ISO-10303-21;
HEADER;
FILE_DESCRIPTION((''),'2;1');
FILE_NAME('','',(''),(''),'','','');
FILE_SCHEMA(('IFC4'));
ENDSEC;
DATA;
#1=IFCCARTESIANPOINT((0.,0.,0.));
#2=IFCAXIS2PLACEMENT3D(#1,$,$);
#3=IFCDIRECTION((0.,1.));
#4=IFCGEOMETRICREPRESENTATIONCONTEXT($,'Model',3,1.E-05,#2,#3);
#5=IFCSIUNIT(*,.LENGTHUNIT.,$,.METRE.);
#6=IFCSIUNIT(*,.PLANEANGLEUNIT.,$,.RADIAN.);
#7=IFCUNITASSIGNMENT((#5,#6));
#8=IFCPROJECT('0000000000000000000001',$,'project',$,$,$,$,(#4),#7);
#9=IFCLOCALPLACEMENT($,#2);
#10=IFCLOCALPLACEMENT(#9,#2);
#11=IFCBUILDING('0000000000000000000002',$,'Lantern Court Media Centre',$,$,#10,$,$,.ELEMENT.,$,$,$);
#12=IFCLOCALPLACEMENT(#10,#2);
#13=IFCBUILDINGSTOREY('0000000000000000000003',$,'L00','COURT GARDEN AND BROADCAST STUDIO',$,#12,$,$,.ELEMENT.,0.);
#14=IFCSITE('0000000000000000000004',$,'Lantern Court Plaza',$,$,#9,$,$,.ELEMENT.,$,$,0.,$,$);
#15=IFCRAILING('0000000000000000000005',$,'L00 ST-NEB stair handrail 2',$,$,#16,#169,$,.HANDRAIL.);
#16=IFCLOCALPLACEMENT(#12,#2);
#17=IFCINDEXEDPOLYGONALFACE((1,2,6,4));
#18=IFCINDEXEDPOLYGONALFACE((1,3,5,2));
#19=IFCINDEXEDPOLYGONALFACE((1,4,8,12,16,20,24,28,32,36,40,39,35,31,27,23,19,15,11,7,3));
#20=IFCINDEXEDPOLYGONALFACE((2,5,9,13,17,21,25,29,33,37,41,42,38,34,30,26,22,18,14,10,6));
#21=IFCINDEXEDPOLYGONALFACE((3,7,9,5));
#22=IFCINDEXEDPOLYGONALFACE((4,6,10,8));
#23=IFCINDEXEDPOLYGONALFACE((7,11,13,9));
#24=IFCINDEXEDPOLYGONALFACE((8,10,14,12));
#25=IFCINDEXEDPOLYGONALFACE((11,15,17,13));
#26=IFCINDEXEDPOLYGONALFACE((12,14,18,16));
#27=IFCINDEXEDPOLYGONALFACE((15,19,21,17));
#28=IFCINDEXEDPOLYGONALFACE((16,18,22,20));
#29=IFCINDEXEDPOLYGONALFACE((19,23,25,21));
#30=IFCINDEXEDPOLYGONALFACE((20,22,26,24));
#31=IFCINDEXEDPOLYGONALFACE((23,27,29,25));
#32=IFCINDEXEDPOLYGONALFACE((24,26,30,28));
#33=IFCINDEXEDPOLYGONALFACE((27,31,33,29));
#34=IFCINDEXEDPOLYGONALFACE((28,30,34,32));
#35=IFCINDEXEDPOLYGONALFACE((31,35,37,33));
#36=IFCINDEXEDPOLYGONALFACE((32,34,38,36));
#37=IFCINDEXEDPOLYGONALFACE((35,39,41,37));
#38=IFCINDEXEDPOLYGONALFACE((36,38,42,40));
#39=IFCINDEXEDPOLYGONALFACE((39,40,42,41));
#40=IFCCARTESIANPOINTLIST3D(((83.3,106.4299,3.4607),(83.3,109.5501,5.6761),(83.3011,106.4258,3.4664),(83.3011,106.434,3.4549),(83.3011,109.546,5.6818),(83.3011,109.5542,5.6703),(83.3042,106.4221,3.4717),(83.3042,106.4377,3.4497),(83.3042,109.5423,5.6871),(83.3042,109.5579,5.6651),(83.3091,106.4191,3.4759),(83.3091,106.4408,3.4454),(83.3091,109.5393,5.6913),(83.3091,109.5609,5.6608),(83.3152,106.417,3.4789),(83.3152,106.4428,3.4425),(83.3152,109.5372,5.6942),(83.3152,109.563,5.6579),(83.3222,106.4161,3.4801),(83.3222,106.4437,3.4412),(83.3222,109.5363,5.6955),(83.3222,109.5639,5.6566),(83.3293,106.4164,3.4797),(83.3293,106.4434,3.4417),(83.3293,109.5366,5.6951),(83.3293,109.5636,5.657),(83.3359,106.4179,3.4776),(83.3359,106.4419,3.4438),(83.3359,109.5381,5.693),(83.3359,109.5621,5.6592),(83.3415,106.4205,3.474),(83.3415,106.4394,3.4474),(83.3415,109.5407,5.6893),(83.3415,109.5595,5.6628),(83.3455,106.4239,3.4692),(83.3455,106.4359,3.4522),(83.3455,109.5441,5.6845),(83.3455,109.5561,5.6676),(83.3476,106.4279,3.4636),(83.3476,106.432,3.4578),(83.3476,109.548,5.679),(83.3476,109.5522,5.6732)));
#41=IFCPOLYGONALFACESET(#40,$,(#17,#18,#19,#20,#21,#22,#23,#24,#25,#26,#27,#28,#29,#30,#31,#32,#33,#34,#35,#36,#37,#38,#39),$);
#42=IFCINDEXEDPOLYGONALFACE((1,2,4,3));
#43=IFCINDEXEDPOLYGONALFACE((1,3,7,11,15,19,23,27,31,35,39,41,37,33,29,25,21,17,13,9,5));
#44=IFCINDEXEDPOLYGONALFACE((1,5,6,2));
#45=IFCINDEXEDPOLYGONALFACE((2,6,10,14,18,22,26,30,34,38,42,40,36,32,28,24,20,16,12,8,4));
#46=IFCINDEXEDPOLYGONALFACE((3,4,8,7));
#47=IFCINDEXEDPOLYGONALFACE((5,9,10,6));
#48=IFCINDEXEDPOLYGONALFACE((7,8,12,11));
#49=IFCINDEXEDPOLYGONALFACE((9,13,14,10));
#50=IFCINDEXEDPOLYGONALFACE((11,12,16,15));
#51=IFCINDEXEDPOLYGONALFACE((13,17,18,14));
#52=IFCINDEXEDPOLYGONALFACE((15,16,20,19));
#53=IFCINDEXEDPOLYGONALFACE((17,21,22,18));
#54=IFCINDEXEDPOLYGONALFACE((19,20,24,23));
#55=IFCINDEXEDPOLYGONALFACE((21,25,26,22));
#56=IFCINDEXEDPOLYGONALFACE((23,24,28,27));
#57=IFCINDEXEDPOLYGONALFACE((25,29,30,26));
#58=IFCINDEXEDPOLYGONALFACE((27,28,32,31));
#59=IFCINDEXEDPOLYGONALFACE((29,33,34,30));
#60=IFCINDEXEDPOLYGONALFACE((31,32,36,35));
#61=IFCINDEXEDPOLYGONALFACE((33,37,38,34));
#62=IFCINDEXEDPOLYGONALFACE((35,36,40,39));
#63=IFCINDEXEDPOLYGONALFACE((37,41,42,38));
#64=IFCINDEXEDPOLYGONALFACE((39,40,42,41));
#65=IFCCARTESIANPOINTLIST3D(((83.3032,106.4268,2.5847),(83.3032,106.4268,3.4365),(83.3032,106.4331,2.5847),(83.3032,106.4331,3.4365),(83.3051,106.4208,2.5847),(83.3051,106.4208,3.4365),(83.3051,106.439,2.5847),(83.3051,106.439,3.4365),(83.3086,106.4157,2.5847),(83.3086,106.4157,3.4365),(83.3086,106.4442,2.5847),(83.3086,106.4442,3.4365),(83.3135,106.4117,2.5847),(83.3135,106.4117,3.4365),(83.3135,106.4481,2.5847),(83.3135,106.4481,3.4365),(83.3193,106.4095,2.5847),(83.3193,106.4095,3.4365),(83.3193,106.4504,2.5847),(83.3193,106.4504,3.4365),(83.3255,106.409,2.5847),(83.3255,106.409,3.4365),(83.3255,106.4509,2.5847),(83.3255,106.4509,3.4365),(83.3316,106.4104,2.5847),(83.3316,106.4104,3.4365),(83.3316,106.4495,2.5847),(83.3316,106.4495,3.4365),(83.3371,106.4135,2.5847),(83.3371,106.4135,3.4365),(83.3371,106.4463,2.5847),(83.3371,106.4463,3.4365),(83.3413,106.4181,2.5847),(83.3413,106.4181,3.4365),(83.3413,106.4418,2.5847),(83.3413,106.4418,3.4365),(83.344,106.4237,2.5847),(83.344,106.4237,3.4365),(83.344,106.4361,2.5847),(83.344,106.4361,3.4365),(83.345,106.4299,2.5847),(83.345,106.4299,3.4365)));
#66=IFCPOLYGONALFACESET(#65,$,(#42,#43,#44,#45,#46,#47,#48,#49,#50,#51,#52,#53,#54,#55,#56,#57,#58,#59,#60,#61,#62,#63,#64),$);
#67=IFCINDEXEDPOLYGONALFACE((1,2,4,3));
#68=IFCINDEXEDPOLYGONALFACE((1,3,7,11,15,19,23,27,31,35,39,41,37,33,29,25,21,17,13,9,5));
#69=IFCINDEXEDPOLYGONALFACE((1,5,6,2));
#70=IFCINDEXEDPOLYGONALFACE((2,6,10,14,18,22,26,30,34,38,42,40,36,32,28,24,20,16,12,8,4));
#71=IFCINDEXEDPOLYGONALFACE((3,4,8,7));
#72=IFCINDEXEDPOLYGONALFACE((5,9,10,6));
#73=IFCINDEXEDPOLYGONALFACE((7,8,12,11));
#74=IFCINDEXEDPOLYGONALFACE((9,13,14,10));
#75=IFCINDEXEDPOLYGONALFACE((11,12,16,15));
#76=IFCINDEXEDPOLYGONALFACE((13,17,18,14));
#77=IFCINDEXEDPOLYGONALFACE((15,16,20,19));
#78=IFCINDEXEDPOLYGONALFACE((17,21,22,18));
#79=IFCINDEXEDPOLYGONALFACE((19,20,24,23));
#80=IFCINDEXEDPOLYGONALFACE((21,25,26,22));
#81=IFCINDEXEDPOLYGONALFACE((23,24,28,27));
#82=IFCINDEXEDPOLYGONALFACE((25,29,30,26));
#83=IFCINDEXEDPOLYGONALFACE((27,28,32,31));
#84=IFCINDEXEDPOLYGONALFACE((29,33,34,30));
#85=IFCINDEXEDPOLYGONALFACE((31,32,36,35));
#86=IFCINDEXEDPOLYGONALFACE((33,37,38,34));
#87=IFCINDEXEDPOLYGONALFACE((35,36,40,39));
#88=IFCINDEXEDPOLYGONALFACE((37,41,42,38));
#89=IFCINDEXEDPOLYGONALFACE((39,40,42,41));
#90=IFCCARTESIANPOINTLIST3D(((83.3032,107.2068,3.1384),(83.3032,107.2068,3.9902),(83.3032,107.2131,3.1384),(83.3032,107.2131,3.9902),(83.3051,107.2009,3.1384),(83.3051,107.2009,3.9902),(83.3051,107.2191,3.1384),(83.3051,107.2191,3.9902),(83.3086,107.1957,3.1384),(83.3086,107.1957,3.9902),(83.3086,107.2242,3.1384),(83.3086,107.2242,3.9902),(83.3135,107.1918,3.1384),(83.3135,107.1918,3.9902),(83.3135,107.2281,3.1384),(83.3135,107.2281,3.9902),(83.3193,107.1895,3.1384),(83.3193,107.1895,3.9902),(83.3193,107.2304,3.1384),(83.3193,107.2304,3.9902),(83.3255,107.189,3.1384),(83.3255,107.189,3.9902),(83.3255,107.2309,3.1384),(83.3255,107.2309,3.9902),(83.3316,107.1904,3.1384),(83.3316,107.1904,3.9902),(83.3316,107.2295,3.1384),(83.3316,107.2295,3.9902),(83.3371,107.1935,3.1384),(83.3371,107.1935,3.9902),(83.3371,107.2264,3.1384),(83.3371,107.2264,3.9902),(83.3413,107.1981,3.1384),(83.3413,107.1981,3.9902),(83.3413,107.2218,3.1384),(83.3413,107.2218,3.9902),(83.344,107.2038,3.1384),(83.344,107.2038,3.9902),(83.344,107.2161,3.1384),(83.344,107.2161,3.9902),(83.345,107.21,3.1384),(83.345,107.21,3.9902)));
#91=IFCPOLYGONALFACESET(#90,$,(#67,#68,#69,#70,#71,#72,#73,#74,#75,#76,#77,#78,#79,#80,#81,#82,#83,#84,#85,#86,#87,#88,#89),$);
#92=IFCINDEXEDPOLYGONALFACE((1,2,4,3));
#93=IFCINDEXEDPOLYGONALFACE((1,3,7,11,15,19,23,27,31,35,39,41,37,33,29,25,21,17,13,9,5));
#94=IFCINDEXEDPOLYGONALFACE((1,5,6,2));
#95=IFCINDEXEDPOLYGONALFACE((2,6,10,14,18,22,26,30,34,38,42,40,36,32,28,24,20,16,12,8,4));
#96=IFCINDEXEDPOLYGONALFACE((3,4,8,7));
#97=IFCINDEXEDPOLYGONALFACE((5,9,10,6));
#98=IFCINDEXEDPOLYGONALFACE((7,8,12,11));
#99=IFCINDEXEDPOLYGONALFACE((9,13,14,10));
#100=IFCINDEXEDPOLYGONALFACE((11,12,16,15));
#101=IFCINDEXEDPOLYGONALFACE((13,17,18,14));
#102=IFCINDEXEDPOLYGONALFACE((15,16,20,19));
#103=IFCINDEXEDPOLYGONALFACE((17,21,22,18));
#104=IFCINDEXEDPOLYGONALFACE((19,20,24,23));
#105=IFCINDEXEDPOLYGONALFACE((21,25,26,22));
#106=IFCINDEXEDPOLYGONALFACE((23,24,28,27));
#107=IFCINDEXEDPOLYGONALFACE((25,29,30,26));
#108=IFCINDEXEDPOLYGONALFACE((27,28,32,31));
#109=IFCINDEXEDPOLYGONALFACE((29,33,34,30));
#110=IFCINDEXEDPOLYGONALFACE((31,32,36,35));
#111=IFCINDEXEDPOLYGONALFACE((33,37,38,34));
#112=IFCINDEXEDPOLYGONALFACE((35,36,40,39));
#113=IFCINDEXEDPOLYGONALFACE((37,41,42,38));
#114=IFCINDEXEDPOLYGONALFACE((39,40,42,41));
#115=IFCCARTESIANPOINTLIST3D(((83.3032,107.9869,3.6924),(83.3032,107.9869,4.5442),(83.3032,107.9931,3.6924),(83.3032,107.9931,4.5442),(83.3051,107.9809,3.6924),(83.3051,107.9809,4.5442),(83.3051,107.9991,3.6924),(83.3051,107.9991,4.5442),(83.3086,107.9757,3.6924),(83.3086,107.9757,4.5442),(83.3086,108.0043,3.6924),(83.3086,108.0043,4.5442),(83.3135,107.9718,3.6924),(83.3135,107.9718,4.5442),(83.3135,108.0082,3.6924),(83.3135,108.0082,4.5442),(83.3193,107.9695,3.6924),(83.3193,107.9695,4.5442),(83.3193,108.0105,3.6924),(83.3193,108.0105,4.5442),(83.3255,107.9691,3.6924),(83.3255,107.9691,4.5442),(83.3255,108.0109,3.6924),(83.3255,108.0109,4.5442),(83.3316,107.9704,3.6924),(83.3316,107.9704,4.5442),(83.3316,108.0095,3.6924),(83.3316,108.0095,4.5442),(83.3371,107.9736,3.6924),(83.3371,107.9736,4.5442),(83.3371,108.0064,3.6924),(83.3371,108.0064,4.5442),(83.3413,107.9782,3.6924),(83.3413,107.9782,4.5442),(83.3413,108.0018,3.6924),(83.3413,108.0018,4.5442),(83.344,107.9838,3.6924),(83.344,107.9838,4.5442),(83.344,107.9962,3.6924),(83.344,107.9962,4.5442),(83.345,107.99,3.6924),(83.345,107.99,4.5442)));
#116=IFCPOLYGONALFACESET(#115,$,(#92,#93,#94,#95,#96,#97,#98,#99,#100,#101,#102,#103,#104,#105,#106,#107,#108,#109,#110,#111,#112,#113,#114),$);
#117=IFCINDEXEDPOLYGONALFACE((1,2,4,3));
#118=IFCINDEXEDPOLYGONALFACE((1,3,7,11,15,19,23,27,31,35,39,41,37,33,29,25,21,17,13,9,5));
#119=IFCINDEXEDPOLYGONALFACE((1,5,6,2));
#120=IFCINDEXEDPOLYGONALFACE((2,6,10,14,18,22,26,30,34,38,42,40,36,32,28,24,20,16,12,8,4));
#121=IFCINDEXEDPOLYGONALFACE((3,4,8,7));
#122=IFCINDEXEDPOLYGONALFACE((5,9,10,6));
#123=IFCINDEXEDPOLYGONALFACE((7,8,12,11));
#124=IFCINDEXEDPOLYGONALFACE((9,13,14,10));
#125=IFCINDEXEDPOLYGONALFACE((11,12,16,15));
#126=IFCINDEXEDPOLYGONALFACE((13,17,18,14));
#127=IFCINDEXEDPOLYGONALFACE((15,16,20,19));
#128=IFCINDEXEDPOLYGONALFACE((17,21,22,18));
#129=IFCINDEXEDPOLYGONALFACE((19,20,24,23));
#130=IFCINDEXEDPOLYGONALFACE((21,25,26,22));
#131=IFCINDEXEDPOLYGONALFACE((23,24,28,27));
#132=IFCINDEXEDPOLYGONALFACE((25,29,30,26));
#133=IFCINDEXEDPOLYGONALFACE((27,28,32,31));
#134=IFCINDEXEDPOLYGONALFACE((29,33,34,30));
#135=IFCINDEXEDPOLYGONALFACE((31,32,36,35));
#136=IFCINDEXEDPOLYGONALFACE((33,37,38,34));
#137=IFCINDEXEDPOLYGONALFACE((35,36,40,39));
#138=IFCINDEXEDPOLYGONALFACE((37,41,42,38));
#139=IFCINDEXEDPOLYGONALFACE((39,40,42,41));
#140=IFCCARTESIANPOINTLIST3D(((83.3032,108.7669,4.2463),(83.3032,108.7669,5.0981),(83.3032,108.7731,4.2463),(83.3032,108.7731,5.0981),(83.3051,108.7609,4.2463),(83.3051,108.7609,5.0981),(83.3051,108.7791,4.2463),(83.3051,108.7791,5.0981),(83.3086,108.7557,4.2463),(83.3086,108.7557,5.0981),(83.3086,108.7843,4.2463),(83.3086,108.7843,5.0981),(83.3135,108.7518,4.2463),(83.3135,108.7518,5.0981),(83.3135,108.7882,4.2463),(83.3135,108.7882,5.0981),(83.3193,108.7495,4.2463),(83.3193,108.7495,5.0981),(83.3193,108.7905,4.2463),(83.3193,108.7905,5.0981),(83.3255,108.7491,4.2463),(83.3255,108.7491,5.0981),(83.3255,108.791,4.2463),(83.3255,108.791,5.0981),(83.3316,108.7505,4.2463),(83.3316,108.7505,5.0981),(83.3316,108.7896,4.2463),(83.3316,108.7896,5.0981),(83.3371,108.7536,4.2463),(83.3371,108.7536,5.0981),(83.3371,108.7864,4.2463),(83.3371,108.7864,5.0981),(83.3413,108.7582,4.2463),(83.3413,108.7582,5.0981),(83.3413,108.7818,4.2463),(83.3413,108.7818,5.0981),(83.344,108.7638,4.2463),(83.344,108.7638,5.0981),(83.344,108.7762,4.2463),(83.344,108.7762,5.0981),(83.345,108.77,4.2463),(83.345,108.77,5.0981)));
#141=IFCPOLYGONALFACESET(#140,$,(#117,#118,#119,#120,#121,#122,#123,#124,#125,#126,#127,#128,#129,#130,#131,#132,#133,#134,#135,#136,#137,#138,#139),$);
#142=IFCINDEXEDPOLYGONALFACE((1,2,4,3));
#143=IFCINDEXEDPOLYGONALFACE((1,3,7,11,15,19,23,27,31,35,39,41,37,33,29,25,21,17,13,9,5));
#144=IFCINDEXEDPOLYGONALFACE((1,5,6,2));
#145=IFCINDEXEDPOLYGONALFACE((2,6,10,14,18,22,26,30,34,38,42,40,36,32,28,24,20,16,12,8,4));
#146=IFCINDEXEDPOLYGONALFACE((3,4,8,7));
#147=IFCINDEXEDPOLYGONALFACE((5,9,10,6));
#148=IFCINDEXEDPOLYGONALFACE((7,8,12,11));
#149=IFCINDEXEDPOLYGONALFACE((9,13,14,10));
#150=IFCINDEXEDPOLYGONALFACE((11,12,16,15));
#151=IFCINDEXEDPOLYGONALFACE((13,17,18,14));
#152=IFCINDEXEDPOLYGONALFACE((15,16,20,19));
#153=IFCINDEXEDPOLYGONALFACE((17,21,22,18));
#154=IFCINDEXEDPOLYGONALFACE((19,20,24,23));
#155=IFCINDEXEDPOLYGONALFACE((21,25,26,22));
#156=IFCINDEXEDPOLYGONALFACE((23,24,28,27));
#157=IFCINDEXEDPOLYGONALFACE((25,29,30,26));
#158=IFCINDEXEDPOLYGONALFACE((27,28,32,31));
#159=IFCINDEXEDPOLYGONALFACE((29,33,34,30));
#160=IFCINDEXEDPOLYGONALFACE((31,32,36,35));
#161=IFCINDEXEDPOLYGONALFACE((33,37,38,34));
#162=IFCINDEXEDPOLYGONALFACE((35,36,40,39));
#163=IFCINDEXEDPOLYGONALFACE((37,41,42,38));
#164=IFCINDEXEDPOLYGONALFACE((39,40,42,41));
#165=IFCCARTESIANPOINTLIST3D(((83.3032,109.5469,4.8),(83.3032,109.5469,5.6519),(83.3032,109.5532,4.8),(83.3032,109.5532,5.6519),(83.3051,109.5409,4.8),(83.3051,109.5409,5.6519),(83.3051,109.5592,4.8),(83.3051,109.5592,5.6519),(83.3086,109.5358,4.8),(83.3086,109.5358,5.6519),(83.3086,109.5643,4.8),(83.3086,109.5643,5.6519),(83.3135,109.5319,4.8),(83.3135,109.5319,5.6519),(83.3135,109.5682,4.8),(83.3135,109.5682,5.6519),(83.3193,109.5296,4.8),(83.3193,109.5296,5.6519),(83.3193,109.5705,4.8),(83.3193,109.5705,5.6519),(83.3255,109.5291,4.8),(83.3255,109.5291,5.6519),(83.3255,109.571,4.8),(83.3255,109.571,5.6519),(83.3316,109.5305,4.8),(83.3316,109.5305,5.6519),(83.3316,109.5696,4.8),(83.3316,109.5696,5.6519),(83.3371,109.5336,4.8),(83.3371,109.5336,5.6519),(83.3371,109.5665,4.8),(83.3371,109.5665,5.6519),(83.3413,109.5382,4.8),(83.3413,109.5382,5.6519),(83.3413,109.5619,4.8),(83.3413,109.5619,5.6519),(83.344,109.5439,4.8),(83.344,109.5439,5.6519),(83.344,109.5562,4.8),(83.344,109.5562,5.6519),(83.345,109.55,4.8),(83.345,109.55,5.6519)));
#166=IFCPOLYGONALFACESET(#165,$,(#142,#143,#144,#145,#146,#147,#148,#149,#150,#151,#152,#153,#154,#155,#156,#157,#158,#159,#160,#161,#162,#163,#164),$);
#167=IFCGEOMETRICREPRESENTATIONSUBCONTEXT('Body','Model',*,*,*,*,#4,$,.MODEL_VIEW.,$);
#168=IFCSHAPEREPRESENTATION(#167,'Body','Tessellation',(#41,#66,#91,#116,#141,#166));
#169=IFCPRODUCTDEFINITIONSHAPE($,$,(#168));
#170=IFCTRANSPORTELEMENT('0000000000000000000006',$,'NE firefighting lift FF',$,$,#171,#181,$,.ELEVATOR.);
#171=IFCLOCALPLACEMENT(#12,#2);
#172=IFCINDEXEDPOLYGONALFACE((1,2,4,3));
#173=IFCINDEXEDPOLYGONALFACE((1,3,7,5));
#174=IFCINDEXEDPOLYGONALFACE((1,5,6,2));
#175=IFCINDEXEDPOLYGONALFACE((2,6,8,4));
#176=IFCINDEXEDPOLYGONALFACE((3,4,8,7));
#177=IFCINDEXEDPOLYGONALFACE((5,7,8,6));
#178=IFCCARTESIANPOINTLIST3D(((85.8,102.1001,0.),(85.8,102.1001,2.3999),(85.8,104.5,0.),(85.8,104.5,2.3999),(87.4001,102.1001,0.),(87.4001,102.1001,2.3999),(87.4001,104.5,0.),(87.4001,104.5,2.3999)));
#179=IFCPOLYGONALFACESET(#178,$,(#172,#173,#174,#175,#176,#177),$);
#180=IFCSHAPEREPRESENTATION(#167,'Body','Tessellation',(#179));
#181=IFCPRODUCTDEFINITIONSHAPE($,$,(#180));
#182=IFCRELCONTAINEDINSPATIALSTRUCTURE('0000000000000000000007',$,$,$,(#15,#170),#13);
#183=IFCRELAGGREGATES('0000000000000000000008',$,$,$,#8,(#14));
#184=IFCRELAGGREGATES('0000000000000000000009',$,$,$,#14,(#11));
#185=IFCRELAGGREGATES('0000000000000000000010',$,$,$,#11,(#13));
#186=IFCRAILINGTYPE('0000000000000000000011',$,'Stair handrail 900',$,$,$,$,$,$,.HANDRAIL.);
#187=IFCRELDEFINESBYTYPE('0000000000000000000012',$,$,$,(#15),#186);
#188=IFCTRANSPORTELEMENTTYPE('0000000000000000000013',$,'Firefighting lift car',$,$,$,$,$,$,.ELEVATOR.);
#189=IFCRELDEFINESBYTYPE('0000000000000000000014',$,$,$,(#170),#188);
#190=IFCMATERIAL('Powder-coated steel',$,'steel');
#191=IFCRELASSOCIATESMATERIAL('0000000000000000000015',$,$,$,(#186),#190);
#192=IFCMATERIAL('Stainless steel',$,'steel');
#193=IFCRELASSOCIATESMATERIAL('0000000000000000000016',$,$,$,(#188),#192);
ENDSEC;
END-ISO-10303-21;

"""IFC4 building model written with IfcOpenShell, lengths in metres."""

from ifc_helpers import new_model, si_unit, direction, frame, origin, origin_2d, place, context, subcontext, project, spatial, rectangle, circle, extrude, material, type_object, element, save


model = new_model("IFC4")

# Units and contexts
model_context = context("Model", 3, precision=1e-05, world=origin(), true_north=direction((0.0, 1.0)))
body_context = subcontext(model_context, "Body", "Model", "MODEL_VIEW")
ifc_project = project(units=[si_unit("LENGTHUNIT", "METRE"), si_unit("PLANEANGLEUNIT", "RADIAN")], contexts=[model_context])

# Site, building, storey
site_placement = place(None, origin())
site = spatial("IfcSite", under=ifc_project, at=site_placement, Name="Lantern Court Plaza", CompositionType="ELEMENT", RefElevation=0.0)
building_placement = place(site_placement, origin())
building = spatial("IfcBuilding", under=site, at=building_placement, Name="Lantern Court Media Centre", CompositionType="ELEMENT")
storey_placement = place(building_placement, origin())
storey = spatial("IfcBuildingStorey", under=building, at=storey_placement, Name="L00", Description="COURT GARDEN AND BROADCAST STUDIO", CompositionType="ELEMENT", Elevation=0.0)

# Railing
ifc_material_1 = material(Name="Powder-coated steel", Category="steel")
railing_type_1 = type_object("IfcRailingType", Name="Stair handrail 900", PredefinedType="HANDRAIL", material=ifc_material_1)
railing_1_placement = place(storey_placement, frame((83.324, 106.4299, 2.5847)))
element("IfcRailing", 1, at=railing_1_placement, inside=storey, type_object=railing_type_1, Name="L00 ST-NEB stair handrail 2", PredefinedType="HANDRAIL", context=body_context, shape_type="SweptSolid", body=[
    extrude(circle(Radius=0.0239, at=origin_2d()), frame((0.0, 0.0, 0.876), z_axis=(0.0, 0.815377, 0.57893), x_axis=(-1.0, 0.0, 0.0)), (0.0, 0.0, 1.0), 3.8267),
    extrude(circle(Radius=0.021, at=origin_2d()), origin(), (0.0, 0.0, 1.0), 0.8518),
    extrude(circle(Radius=0.021, at=origin_2d()), frame((0.0, 0.78, 0.5537)), (0.0, 0.0, 1.0), 0.8518),
    extrude(circle(Radius=0.021, at=origin_2d()), frame((0.0, 1.5601, 1.1077)), (0.0, 0.0, 1.0), 0.8518),
    extrude(circle(Radius=0.021, at=origin_2d()), frame((0.0, 2.3401, 1.6616)), (0.0, 0.0, 1.0), 0.8518),
    extrude(circle(Radius=0.021, at=origin_2d()), frame((0.0, 3.1201, 2.2153)), (0.0, 0.0, 1.0), 0.8518),
])

# Transport element
ifc_material_2 = material(Name="Stainless steel", Category="steel")
transport_element_type = type_object("IfcTransportElementType", Name="Firefighting lift car", PredefinedType="ELEVATOR", material=ifc_material_2)
transport_element_placement = place(storey_placement, frame((86.6001, 103.3, 0.0), z_axis=(0.0, 0.0, 1.0), x_axis=(1.0, 0.0, 0.0)))
element("IfcTransportElement", 2, at=transport_element_placement, inside=storey, type_object=transport_element_type, Name="NE firefighting lift FF", PredefinedType="ELEVATOR", context=body_context, shape_type="SweptSolid", body=[
    extrude(rectangle(XDim=1.6001, YDim=2.3999, at=origin_2d()), origin(), (0.0, 0.0, 1.0), 2.3999),
])

save(model, "model.ifc")
